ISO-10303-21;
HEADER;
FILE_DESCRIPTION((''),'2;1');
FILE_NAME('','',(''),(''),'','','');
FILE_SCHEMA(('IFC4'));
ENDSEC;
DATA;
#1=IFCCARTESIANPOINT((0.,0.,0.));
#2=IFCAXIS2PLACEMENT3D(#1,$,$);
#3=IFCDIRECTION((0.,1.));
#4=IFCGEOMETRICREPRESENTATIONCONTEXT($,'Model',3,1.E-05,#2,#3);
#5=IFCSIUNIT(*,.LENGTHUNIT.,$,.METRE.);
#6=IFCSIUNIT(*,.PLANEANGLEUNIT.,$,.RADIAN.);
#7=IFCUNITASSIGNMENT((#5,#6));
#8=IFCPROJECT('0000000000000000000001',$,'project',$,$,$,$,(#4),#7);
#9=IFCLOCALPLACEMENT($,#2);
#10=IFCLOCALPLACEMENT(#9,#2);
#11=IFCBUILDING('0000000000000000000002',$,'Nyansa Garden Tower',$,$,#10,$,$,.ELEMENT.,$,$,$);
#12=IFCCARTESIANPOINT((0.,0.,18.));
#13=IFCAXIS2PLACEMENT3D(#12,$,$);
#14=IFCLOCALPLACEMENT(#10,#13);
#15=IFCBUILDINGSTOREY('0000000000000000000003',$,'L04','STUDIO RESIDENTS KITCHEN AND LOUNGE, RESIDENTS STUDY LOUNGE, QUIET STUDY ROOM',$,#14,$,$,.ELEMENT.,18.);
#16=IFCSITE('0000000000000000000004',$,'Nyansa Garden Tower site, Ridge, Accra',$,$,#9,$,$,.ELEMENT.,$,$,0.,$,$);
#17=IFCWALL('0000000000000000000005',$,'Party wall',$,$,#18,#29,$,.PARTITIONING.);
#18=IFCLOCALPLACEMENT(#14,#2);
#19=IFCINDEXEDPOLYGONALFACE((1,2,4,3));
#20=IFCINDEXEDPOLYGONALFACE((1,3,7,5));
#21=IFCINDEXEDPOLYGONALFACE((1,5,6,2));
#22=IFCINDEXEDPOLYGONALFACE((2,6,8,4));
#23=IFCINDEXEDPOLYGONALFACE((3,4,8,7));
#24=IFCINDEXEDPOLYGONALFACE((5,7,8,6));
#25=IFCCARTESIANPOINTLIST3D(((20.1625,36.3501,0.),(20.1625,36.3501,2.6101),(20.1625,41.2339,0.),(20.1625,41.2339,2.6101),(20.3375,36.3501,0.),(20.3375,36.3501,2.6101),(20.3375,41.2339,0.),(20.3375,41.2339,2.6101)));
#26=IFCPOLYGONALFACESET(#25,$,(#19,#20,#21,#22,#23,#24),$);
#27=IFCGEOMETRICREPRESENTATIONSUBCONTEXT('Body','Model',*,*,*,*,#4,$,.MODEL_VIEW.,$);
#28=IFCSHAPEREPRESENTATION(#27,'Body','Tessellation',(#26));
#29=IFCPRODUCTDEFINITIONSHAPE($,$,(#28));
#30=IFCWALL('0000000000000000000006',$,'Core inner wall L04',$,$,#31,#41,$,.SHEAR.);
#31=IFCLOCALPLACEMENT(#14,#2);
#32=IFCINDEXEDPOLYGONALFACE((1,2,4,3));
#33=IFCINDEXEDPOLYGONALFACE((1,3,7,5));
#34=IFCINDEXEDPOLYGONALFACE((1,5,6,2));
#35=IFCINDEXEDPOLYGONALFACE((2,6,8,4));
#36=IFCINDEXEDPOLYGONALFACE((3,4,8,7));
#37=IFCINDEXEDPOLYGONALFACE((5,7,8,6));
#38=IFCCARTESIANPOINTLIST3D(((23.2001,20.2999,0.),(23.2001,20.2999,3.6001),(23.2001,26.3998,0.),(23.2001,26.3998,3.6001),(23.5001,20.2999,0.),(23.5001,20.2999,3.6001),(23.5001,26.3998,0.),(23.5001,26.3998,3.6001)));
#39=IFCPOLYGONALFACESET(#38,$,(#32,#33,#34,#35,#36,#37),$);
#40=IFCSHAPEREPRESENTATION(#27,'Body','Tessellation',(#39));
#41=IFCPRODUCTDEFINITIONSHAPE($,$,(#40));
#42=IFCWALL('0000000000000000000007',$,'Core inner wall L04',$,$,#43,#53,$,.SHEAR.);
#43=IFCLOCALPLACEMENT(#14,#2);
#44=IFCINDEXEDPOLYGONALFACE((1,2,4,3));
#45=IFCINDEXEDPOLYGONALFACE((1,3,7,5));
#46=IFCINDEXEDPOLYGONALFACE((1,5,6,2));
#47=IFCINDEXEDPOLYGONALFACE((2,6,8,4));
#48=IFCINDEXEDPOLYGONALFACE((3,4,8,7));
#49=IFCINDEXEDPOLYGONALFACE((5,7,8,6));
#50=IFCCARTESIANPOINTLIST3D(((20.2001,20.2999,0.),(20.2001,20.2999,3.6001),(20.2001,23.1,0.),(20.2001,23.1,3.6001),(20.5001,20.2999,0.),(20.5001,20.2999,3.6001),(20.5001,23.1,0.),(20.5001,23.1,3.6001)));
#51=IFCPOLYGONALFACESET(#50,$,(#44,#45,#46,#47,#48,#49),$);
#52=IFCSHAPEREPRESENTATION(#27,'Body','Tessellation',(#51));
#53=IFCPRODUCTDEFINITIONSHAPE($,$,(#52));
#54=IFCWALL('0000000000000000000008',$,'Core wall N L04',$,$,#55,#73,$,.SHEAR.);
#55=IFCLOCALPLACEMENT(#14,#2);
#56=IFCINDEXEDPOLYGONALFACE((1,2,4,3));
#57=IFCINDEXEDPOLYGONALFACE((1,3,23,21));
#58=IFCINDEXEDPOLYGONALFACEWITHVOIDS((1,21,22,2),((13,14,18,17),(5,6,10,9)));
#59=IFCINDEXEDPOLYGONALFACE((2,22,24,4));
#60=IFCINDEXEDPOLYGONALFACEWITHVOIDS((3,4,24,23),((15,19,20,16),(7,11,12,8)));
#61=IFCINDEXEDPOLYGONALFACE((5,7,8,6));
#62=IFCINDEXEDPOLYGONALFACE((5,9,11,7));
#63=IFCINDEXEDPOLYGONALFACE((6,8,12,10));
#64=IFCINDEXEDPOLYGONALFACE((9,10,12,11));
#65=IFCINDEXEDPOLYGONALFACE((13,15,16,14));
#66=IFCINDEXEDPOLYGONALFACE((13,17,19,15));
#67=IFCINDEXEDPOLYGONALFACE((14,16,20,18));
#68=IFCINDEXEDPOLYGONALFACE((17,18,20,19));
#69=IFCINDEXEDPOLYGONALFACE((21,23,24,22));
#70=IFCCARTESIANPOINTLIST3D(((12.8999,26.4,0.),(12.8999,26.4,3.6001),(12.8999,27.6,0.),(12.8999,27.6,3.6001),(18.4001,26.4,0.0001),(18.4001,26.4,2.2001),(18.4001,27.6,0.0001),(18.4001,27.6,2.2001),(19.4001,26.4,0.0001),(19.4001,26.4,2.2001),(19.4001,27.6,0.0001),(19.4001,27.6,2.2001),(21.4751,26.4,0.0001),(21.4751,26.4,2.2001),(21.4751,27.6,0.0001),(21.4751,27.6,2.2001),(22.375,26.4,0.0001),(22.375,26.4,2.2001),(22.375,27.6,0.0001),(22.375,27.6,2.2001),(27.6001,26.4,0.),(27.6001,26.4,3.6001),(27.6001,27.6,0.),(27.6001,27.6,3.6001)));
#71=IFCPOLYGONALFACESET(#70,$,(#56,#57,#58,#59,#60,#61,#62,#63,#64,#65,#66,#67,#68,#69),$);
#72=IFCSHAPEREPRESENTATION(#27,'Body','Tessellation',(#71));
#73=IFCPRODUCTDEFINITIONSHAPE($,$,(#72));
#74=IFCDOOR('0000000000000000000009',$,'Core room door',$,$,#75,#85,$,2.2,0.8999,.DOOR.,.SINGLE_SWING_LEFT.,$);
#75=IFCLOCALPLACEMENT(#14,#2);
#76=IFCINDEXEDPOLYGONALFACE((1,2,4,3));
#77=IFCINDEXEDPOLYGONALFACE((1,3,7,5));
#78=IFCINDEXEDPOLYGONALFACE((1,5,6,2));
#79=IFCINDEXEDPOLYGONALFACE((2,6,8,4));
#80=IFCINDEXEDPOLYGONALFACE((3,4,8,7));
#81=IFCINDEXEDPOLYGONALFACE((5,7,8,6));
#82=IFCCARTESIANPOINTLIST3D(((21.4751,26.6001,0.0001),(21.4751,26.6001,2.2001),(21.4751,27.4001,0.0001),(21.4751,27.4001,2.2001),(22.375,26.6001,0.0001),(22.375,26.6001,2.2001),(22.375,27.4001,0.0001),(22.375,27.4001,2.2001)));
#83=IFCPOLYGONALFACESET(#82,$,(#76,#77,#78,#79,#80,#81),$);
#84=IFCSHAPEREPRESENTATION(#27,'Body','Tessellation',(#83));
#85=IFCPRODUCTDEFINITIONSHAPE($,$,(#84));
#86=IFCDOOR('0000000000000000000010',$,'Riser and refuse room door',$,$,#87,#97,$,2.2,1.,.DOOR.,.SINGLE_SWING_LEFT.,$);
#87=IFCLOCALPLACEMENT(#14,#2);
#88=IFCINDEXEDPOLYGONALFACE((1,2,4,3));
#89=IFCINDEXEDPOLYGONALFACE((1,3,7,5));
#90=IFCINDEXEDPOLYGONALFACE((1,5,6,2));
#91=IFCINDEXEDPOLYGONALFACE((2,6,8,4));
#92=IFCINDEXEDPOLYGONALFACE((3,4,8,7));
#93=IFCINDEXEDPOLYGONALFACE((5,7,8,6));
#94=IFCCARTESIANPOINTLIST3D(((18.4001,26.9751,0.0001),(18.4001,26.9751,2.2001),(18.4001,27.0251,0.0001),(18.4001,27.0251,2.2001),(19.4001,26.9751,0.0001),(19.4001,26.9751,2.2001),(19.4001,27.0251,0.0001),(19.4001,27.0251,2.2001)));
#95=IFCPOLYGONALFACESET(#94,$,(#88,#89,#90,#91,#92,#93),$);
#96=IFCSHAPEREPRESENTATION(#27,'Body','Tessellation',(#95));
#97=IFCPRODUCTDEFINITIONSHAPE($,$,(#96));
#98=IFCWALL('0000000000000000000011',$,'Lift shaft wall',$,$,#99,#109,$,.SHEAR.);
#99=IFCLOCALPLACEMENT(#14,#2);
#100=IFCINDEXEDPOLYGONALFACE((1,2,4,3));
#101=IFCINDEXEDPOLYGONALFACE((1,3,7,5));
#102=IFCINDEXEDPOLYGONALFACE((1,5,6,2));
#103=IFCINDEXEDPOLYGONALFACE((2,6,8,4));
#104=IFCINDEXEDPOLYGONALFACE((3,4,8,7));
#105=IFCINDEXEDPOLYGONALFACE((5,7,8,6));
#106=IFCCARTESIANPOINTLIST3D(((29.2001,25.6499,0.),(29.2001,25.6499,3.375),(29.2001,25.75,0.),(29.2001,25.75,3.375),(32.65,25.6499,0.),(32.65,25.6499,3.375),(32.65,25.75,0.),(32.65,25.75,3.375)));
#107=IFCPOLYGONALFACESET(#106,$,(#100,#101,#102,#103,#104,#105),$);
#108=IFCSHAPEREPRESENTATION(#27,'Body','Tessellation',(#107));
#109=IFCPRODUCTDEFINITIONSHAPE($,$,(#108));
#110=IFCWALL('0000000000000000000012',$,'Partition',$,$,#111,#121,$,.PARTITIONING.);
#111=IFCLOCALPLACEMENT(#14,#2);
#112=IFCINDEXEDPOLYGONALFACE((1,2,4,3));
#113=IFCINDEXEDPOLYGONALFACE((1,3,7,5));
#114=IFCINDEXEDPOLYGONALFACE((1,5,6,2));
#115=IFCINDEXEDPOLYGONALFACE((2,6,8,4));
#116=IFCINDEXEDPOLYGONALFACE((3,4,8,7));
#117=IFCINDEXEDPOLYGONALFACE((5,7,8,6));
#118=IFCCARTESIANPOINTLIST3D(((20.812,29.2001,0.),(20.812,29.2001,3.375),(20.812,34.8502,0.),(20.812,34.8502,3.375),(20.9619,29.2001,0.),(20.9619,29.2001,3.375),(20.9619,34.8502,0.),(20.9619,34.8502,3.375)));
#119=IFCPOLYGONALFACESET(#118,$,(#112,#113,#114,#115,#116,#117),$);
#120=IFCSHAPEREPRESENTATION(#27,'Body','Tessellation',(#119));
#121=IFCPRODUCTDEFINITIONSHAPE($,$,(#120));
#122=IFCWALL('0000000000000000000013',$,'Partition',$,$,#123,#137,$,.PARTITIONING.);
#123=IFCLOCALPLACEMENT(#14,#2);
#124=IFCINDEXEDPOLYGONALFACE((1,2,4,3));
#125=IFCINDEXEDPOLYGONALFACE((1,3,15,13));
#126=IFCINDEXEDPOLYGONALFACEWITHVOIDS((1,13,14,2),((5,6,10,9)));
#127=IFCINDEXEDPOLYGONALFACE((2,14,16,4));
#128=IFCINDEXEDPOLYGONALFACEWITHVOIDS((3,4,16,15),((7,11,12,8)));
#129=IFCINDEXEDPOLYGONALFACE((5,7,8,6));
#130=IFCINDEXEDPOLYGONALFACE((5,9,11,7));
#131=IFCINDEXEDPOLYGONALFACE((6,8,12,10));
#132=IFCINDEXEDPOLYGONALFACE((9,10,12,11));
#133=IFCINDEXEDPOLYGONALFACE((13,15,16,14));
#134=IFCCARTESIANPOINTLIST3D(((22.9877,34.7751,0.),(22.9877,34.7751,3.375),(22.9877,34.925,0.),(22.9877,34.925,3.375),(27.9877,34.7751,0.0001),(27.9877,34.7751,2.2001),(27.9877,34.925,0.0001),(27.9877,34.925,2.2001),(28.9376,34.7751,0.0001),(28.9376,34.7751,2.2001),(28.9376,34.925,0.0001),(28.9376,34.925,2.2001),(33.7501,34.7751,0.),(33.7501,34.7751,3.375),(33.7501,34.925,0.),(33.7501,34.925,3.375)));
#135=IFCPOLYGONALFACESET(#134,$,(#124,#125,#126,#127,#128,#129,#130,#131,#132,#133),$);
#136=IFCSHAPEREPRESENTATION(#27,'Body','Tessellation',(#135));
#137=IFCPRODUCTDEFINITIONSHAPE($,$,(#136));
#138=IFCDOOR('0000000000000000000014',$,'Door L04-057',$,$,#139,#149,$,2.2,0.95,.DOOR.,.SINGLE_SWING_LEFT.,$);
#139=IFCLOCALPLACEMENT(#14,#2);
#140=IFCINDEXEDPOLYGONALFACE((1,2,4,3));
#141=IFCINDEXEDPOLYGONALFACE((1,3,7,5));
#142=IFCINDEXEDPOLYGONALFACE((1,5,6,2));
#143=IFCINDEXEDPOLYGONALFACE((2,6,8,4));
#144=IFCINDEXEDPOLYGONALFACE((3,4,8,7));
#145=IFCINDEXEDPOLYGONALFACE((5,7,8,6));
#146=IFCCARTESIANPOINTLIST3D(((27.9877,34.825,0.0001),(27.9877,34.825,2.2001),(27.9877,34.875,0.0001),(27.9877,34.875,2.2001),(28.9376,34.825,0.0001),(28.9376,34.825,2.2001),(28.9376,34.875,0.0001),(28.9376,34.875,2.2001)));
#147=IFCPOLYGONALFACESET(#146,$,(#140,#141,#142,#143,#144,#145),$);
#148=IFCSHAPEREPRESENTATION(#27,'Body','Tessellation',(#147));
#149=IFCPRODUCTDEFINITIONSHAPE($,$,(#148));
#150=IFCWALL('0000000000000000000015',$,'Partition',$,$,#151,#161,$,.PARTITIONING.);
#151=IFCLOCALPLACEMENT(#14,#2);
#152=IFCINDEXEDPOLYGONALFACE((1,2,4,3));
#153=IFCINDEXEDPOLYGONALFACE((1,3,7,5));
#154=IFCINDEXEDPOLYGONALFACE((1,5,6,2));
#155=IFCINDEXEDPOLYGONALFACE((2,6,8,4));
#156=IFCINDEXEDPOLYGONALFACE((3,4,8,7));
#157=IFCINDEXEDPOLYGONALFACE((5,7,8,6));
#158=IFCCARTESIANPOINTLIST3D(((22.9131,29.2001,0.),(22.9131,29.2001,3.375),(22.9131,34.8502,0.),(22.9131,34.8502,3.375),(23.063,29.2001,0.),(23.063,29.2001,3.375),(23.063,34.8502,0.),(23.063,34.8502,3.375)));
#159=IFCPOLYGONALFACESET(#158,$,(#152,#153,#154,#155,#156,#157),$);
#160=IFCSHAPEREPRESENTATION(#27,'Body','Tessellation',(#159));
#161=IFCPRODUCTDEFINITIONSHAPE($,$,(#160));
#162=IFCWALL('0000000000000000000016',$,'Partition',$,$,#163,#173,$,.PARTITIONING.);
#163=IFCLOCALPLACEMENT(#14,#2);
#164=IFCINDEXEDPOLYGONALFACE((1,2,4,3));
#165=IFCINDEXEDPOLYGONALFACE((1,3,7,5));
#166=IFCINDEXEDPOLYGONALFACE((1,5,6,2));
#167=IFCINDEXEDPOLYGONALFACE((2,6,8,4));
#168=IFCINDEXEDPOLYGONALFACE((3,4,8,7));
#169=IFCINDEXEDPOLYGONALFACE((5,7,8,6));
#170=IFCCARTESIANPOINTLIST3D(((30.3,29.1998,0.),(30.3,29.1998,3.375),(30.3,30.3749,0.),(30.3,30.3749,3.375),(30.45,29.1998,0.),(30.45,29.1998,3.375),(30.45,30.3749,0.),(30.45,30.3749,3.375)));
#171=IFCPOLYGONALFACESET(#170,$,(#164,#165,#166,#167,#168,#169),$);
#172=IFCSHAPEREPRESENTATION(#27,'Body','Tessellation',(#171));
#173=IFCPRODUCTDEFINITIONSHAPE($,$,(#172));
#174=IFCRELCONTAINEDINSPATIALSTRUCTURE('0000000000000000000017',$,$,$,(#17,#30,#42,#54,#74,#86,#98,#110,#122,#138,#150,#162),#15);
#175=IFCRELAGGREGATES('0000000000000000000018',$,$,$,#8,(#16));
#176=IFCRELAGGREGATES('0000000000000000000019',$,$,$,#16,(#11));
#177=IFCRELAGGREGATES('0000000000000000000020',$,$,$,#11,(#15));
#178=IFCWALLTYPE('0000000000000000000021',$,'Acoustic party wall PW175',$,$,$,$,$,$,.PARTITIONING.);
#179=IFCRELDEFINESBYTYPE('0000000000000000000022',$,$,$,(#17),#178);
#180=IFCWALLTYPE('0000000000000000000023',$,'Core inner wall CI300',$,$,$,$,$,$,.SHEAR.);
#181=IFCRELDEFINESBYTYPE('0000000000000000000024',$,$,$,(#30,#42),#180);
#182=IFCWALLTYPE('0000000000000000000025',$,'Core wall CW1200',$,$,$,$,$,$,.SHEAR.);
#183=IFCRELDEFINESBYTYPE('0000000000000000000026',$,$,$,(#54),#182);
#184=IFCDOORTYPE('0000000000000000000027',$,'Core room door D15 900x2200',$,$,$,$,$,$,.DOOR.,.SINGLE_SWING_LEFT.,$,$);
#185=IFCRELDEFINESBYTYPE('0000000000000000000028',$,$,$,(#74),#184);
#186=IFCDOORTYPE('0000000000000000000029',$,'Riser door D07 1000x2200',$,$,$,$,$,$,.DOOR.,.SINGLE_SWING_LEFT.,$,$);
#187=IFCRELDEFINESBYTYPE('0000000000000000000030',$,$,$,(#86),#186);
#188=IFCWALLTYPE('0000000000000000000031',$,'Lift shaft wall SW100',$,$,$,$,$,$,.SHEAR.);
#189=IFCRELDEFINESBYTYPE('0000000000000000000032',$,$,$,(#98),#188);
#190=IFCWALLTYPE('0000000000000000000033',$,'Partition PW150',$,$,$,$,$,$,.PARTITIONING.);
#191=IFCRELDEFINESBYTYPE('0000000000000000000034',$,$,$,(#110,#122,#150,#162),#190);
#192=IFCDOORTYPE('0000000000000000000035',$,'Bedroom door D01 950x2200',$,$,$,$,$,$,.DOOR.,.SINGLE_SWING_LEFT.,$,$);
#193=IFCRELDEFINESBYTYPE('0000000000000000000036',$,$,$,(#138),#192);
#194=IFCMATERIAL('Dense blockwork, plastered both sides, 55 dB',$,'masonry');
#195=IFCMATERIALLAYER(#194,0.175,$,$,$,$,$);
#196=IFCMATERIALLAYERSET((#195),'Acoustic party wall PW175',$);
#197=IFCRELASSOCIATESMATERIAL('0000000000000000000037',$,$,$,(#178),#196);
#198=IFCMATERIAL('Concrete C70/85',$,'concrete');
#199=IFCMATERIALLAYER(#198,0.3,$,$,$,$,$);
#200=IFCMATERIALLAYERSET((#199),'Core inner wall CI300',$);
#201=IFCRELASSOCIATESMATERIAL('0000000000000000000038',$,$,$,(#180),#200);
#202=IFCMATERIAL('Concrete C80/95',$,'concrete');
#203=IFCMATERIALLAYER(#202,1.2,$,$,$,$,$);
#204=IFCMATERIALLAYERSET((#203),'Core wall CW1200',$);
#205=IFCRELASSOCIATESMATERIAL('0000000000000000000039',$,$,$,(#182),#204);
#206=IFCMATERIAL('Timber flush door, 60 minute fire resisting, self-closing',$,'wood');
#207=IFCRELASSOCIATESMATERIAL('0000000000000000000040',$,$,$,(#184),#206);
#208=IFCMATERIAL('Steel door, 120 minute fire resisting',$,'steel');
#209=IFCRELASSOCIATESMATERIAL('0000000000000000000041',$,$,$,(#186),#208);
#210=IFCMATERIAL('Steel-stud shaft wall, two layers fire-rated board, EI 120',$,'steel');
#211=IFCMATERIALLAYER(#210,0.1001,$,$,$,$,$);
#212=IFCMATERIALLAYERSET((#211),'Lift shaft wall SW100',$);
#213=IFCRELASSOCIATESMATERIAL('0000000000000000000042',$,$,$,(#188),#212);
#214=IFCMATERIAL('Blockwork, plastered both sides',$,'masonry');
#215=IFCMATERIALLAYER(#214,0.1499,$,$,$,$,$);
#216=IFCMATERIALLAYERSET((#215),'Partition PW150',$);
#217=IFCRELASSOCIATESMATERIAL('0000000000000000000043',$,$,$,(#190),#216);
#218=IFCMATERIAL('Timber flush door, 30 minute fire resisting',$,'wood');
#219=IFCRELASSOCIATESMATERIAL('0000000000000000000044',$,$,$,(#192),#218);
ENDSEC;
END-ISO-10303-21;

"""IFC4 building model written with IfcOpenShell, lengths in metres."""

from ifc_helpers import new_model, si_unit, direction, frame, frame_2d, origin, place, context, subcontext, project, spatial, rectangle, extrude, material, layer, layer_set, type_object, element, fill, save


model = new_model("IFC4")

# Units and contexts
model_context = context("Model", 3, precision=1e-05, world=origin(), true_north=direction((0.0, 1.0)))
body_context = subcontext(model_context, "Body", "Model", "MODEL_VIEW")
ifc_project = project(units=[si_unit("LENGTHUNIT", "METRE"), si_unit("PLANEANGLEUNIT", "RADIAN")], contexts=[model_context])

# Site, building, storey
site_placement = place(None, origin())
site = spatial("IfcSite", under=ifc_project, at=site_placement, Name="Nyansa Garden Tower site, Ridge, Accra", CompositionType="ELEMENT", RefElevation=0.0)
building_placement = place(site_placement, origin())
building = spatial("IfcBuilding", under=site, at=building_placement, Name="Nyansa Garden Tower", CompositionType="ELEMENT")
storey_placement = place(building_placement, frame((0.0, 0.0, 18.0)))
storey = spatial("IfcBuildingStorey", under=building, at=storey_placement, Name="L04", Description="STUDIO RESIDENTS KITCHEN AND LOUNGE, RESIDENTS STUDY LOUNGE, QUIET STUDY ROOM", CompositionType="ELEMENT", Elevation=18.0)

# Walls
ifc_material_1 = material(Name="Dense blockwork, plastered both sides, 55 dB", Category="masonry")
ifc_layer_1 = layer(ifc_material_1, 0.175)
ifc_layer_set_1 = layer_set([ifc_layer_1], Name="Acoustic party wall PW175")
wall_type_1 = type_object("IfcWallType", Name="Acoustic party wall PW175", PredefinedType="PARTITIONING", material=ifc_layer_set_1)
wall_1_placement = place(storey_placement, frame((20.25, 36.3501, 0.0), z_axis=(0.0, 0.0, 1.0), x_axis=(0.0, 1.0, 0.0)))
element("IfcWall", 1, at=wall_1_placement, inside=storey, type_object=wall_type_1, Name="Party wall", PredefinedType="PARTITIONING", context=body_context, shape_type="SweptSolid", body=[
    extrude(rectangle(XDim=4.8838, YDim=0.175, at=frame_2d((2.4419, 0.0))), origin(), (0.0, 0.0, 1.0), 2.6101),
])
ifc_material_2 = material(Name="Concrete C70/85", Category="concrete")
ifc_layer_2 = layer(ifc_material_2, 0.3)
ifc_layer_set_2 = layer_set([ifc_layer_2], Name="Core inner wall CI300")
wall_type_2 = type_object("IfcWallType", Name="Core inner wall CI300", PredefinedType="SHEAR", material=ifc_layer_set_2)
wall_2_placement = place(storey_placement, frame((23.3501, 20.3, 0.0), z_axis=(0.0, 0.0, 1.0), x_axis=(0.0, 1.0, 0.0)))
element("IfcWall", 2, at=wall_2_placement, inside=storey, type_object=wall_type_2, Name="Core inner wall L04", PredefinedType="SHEAR", context=body_context, shape_type="SweptSolid", body=[
    extrude(rectangle(XDim=6.0999, YDim=0.3, at=frame_2d((3.0498, 0.0))), origin(), (0.0, 0.0, 1.0), 3.6001),
])
wall_3_placement = place(storey_placement, frame((20.3501, 20.3, 0.0), z_axis=(0.0, 0.0, 1.0), x_axis=(0.0, 1.0, 0.0)))
element("IfcWall", 3, at=wall_3_placement, inside=storey, type_object=wall_type_2, Name="Core inner wall L04", PredefinedType="SHEAR", context=body_context, shape_type="SweptSolid", body=[
    extrude(rectangle(XDim=2.8, YDim=0.3, at=frame_2d((1.3999, 0.0))), origin(), (0.0, 0.0, 1.0), 3.6001),
])

# Wall, openings, doors
ifc_material_3 = material(Name="Concrete C80/95", Category="concrete")
ifc_layer_3 = layer(ifc_material_3, 1.2)
ifc_layer_set_3 = layer_set([ifc_layer_3], Name="Core wall CW1200")
wall_type_3 = type_object("IfcWallType", Name="Core wall CW1200", PredefinedType="SHEAR", material=ifc_layer_set_3)
wall_4_placement = place(storey_placement, frame((27.6001, 27.0, 0.0), z_axis=(0.0, 0.0, 1.0), x_axis=(-1.0, 0.0, 0.0)))
wall_4 = element("IfcWall", 4, at=wall_4_placement, inside=storey, type_object=wall_type_3, Name="Core wall N L04", PredefinedType="SHEAR", context=body_context, shape_type="SweptSolid", body=[
    extrude(rectangle(XDim=14.7002, YDim=1.2, at=frame_2d((7.3501, 0.0))), origin(), (0.0, 0.0, 1.0), 3.6001),
])
opening_1_placement = place(wall_4_placement, frame((5.2251, 0.0, 0.0)))
opening_1 = element("IfcOpeningElement", 5, at=opening_1_placement, cuts=wall_4, PredefinedType="OPENING", context=body_context, shape_type="SweptSolid", body=[
    extrude(rectangle(XDim=0.8999, YDim=2.2, at=frame_2d((0.45, 1.1001))), frame((0.0, 0.6099, 0.0), z_axis=(0.0, -1.0, 0.0), x_axis=(1.0, 0.0, 0.0)), (0.0, 0.0, 1.0), 1.22),
])
opening_2_placement = place(wall_4_placement, frame((8.2, 0.0, 0.0)))
opening_2 = element("IfcOpeningElement", 6, at=opening_2_placement, cuts=wall_4, PredefinedType="OPENING", context=body_context, shape_type="SweptSolid", body=[
    extrude(rectangle(XDim=1.0, YDim=2.2, at=frame_2d((0.5, 1.1001))), frame((0.0, 0.6099, 0.0), z_axis=(0.0, -1.0, 0.0), x_axis=(1.0, 0.0, 0.0)), (0.0, 0.0, 1.0), 1.22),
])
ifc_material_4 = material(Name="Timber flush door, 60 minute fire resisting, self-closing", Category="wood")
door_type_1 = type_object("IfcDoorType", Name="Core room door D15 900x2200", OperationType="SINGLE_SWING_LEFT", PredefinedType="DOOR", material=ifc_material_4)
door_1_placement = place(opening_1_placement, origin())
door_1 = element("IfcDoor", 7, at=door_1_placement, inside=storey, type_object=door_type_1, Name="Core room door", OperationType="SINGLE_SWING_LEFT", OverallHeight=2.2, OverallWidth=0.8999, PredefinedType="DOOR", context=body_context, shape_type="SweptSolid", body=[
    extrude(rectangle(XDim=0.8999, YDim=2.2, at=frame_2d((0.45, 1.1001))), frame((0.0, 0.3999, 0.0), z_axis=(0.0, -1.0, 0.0), x_axis=(1.0, 0.0, 0.0)), (0.0, 0.0, 1.0), 0.8),
])
fill(opening_1, door_1)
ifc_material_5 = material(Name="Steel door, 120 minute fire resisting", Category="steel")
door_type_2 = type_object("IfcDoorType", Name="Riser door D07 1000x2200", OperationType="SINGLE_SWING_LEFT", PredefinedType="DOOR", material=ifc_material_5)
door_2_placement = place(opening_2_placement, origin())
door_2 = element("IfcDoor", 8, at=door_2_placement, inside=storey, type_object=door_type_2, Name="Riser and refuse room door", OperationType="SINGLE_SWING_LEFT", OverallHeight=2.2, OverallWidth=1.0, PredefinedType="DOOR", context=body_context, shape_type="SweptSolid", body=[
    extrude(rectangle(XDim=1.0, YDim=2.2, at=frame_2d((0.5, 1.1001))), frame((0.0, 0.0249, 0.0), z_axis=(0.0, -1.0, 0.0), x_axis=(1.0, 0.0, 0.0)), (0.0, 0.0, 1.0), 0.05),
])
fill(opening_2, door_2)

# Walls
ifc_material_6 = material(Name="Steel-stud shaft wall, two layers fire-rated board, EI 120", Category="steel")
ifc_layer_4 = layer(ifc_material_6, 0.1001)
ifc_layer_set_4 = layer_set([ifc_layer_4], Name="Lift shaft wall SW100")
wall_type_4 = type_object("IfcWallType", Name="Lift shaft wall SW100", PredefinedType="SHEAR", material=ifc_layer_set_4)
wall_5_placement = place(storey_placement, frame((29.2, 25.7, 0.0), z_axis=(0.0, 0.0, 1.0), x_axis=(1.0, 0.0, 0.0)))
element("IfcWall", 9, at=wall_5_placement, inside=storey, type_object=wall_type_4, Name="Lift shaft wall", PredefinedType="SHEAR", context=body_context, shape_type="SweptSolid", body=[
    extrude(rectangle(XDim=3.45, YDim=0.1001, at=frame_2d((1.7251, 0.0))), origin(), (0.0, 0.0, 1.0), 3.375),
])
ifc_material_7 = material(Name="Blockwork, plastered both sides", Category="masonry")
ifc_layer_5 = layer(ifc_material_7, 0.1499)
ifc_layer_set_5 = layer_set([ifc_layer_5], Name="Partition PW150")
wall_type_5 = type_object("IfcWallType", Name="Partition PW150", PredefinedType="PARTITIONING", material=ifc_layer_set_5)
wall_6_placement = place(storey_placement, frame((20.887, 29.2, 0.0), z_axis=(0.0, 0.0, 1.0), x_axis=(0.0, 1.0, 0.0)))
element("IfcWall", 10, at=wall_6_placement, inside=storey, type_object=wall_type_5, Name="Partition", PredefinedType="PARTITIONING", context=body_context, shape_type="SweptSolid", body=[
    extrude(rectangle(XDim=5.6501, YDim=0.1499, at=frame_2d((2.8252, 0.0))), origin(), (0.0, 0.0, 1.0), 3.375),
])

# Wall, opening, door
wall_7_placement = place(storey_placement, frame((22.9875, 34.8501, 0.0), z_axis=(0.0, 0.0, 1.0), x_axis=(1.0, 0.0, 0.0)))
wall_7 = element("IfcWall", 11, at=wall_7_placement, inside=storey, type_object=wall_type_5, Name="Partition", PredefinedType="PARTITIONING", context=body_context, shape_type="SweptSolid", body=[
    extrude(rectangle(XDim=10.7625, YDim=0.1499, at=frame_2d((5.3813, 0.0))), origin(), (0.0, 0.0, 1.0), 3.375),
])
opening_3_placement = place(wall_7_placement, frame((5.0, 0.0, 0.0)))
opening_3 = element("IfcOpeningElement", 12, at=opening_3_placement, cuts=wall_7, PredefinedType="OPENING", context=body_context, shape_type="SweptSolid", body=[
    extrude(rectangle(XDim=0.95, YDim=2.2, at=frame_2d((0.4751, 1.1001))), frame((0.0, 0.085, 0.0), z_axis=(0.0, -1.0, 0.0), x_axis=(1.0, 0.0, 0.0)), (0.0, 0.0, 1.0), 0.1699),
])
ifc_material_8 = material(Name="Timber flush door, 30 minute fire resisting", Category="wood")
door_type_3 = type_object("IfcDoorType", Name="Bedroom door D01 950x2200", OperationType="SINGLE_SWING_LEFT", PredefinedType="DOOR", material=ifc_material_8)
door_3_placement = place(opening_3_placement, origin())
door_3 = element("IfcDoor", 13, at=door_3_placement, inside=storey, type_object=door_type_3, Name="Door L04-057", OperationType="SINGLE_SWING_LEFT", OverallHeight=2.2, OverallWidth=0.95, PredefinedType="DOOR", context=body_context, shape_type="SweptSolid", body=[
    extrude(rectangle(XDim=0.95, YDim=2.2, at=frame_2d((0.4751, 1.1001))), frame((0.0, 0.0249, 0.0), z_axis=(0.0, -1.0, 0.0), x_axis=(1.0, 0.0, 0.0)), (0.0, 0.0, 1.0), 0.05),
])
fill(opening_3, door_3)

# Walls
wall_8_placement = place(storey_placement, frame((22.988, 29.2, 0.0), z_axis=(0.0, 0.0, 1.0), x_axis=(0.0, 1.0, 0.0)))
element("IfcWall", 14, at=wall_8_placement, inside=storey, type_object=wall_type_5, Name="Partition", PredefinedType="PARTITIONING", context=body_context, shape_type="SweptSolid", body=[
    extrude(rectangle(XDim=5.6501, YDim=0.1499, at=frame_2d((2.8252, 0.0))), origin(), (0.0, 0.0, 1.0), 3.375),
])
wall_9_placement = place(storey_placement, frame((30.375, 29.2, 0.0), z_axis=(0.0, 0.0, 1.0), x_axis=(0.0, 1.0, 0.0)))
element("IfcWall", 15, at=wall_9_placement, inside=storey, type_object=wall_type_5, Name="Partition", PredefinedType="PARTITIONING", context=body_context, shape_type="SweptSolid", body=[
    extrude(rectangle(XDim=1.175, YDim=0.1499, at=frame_2d((0.5874, 0.0))), origin(), (0.0, 0.0, 1.0), 3.375),
])

save(model, "model.ifc")
